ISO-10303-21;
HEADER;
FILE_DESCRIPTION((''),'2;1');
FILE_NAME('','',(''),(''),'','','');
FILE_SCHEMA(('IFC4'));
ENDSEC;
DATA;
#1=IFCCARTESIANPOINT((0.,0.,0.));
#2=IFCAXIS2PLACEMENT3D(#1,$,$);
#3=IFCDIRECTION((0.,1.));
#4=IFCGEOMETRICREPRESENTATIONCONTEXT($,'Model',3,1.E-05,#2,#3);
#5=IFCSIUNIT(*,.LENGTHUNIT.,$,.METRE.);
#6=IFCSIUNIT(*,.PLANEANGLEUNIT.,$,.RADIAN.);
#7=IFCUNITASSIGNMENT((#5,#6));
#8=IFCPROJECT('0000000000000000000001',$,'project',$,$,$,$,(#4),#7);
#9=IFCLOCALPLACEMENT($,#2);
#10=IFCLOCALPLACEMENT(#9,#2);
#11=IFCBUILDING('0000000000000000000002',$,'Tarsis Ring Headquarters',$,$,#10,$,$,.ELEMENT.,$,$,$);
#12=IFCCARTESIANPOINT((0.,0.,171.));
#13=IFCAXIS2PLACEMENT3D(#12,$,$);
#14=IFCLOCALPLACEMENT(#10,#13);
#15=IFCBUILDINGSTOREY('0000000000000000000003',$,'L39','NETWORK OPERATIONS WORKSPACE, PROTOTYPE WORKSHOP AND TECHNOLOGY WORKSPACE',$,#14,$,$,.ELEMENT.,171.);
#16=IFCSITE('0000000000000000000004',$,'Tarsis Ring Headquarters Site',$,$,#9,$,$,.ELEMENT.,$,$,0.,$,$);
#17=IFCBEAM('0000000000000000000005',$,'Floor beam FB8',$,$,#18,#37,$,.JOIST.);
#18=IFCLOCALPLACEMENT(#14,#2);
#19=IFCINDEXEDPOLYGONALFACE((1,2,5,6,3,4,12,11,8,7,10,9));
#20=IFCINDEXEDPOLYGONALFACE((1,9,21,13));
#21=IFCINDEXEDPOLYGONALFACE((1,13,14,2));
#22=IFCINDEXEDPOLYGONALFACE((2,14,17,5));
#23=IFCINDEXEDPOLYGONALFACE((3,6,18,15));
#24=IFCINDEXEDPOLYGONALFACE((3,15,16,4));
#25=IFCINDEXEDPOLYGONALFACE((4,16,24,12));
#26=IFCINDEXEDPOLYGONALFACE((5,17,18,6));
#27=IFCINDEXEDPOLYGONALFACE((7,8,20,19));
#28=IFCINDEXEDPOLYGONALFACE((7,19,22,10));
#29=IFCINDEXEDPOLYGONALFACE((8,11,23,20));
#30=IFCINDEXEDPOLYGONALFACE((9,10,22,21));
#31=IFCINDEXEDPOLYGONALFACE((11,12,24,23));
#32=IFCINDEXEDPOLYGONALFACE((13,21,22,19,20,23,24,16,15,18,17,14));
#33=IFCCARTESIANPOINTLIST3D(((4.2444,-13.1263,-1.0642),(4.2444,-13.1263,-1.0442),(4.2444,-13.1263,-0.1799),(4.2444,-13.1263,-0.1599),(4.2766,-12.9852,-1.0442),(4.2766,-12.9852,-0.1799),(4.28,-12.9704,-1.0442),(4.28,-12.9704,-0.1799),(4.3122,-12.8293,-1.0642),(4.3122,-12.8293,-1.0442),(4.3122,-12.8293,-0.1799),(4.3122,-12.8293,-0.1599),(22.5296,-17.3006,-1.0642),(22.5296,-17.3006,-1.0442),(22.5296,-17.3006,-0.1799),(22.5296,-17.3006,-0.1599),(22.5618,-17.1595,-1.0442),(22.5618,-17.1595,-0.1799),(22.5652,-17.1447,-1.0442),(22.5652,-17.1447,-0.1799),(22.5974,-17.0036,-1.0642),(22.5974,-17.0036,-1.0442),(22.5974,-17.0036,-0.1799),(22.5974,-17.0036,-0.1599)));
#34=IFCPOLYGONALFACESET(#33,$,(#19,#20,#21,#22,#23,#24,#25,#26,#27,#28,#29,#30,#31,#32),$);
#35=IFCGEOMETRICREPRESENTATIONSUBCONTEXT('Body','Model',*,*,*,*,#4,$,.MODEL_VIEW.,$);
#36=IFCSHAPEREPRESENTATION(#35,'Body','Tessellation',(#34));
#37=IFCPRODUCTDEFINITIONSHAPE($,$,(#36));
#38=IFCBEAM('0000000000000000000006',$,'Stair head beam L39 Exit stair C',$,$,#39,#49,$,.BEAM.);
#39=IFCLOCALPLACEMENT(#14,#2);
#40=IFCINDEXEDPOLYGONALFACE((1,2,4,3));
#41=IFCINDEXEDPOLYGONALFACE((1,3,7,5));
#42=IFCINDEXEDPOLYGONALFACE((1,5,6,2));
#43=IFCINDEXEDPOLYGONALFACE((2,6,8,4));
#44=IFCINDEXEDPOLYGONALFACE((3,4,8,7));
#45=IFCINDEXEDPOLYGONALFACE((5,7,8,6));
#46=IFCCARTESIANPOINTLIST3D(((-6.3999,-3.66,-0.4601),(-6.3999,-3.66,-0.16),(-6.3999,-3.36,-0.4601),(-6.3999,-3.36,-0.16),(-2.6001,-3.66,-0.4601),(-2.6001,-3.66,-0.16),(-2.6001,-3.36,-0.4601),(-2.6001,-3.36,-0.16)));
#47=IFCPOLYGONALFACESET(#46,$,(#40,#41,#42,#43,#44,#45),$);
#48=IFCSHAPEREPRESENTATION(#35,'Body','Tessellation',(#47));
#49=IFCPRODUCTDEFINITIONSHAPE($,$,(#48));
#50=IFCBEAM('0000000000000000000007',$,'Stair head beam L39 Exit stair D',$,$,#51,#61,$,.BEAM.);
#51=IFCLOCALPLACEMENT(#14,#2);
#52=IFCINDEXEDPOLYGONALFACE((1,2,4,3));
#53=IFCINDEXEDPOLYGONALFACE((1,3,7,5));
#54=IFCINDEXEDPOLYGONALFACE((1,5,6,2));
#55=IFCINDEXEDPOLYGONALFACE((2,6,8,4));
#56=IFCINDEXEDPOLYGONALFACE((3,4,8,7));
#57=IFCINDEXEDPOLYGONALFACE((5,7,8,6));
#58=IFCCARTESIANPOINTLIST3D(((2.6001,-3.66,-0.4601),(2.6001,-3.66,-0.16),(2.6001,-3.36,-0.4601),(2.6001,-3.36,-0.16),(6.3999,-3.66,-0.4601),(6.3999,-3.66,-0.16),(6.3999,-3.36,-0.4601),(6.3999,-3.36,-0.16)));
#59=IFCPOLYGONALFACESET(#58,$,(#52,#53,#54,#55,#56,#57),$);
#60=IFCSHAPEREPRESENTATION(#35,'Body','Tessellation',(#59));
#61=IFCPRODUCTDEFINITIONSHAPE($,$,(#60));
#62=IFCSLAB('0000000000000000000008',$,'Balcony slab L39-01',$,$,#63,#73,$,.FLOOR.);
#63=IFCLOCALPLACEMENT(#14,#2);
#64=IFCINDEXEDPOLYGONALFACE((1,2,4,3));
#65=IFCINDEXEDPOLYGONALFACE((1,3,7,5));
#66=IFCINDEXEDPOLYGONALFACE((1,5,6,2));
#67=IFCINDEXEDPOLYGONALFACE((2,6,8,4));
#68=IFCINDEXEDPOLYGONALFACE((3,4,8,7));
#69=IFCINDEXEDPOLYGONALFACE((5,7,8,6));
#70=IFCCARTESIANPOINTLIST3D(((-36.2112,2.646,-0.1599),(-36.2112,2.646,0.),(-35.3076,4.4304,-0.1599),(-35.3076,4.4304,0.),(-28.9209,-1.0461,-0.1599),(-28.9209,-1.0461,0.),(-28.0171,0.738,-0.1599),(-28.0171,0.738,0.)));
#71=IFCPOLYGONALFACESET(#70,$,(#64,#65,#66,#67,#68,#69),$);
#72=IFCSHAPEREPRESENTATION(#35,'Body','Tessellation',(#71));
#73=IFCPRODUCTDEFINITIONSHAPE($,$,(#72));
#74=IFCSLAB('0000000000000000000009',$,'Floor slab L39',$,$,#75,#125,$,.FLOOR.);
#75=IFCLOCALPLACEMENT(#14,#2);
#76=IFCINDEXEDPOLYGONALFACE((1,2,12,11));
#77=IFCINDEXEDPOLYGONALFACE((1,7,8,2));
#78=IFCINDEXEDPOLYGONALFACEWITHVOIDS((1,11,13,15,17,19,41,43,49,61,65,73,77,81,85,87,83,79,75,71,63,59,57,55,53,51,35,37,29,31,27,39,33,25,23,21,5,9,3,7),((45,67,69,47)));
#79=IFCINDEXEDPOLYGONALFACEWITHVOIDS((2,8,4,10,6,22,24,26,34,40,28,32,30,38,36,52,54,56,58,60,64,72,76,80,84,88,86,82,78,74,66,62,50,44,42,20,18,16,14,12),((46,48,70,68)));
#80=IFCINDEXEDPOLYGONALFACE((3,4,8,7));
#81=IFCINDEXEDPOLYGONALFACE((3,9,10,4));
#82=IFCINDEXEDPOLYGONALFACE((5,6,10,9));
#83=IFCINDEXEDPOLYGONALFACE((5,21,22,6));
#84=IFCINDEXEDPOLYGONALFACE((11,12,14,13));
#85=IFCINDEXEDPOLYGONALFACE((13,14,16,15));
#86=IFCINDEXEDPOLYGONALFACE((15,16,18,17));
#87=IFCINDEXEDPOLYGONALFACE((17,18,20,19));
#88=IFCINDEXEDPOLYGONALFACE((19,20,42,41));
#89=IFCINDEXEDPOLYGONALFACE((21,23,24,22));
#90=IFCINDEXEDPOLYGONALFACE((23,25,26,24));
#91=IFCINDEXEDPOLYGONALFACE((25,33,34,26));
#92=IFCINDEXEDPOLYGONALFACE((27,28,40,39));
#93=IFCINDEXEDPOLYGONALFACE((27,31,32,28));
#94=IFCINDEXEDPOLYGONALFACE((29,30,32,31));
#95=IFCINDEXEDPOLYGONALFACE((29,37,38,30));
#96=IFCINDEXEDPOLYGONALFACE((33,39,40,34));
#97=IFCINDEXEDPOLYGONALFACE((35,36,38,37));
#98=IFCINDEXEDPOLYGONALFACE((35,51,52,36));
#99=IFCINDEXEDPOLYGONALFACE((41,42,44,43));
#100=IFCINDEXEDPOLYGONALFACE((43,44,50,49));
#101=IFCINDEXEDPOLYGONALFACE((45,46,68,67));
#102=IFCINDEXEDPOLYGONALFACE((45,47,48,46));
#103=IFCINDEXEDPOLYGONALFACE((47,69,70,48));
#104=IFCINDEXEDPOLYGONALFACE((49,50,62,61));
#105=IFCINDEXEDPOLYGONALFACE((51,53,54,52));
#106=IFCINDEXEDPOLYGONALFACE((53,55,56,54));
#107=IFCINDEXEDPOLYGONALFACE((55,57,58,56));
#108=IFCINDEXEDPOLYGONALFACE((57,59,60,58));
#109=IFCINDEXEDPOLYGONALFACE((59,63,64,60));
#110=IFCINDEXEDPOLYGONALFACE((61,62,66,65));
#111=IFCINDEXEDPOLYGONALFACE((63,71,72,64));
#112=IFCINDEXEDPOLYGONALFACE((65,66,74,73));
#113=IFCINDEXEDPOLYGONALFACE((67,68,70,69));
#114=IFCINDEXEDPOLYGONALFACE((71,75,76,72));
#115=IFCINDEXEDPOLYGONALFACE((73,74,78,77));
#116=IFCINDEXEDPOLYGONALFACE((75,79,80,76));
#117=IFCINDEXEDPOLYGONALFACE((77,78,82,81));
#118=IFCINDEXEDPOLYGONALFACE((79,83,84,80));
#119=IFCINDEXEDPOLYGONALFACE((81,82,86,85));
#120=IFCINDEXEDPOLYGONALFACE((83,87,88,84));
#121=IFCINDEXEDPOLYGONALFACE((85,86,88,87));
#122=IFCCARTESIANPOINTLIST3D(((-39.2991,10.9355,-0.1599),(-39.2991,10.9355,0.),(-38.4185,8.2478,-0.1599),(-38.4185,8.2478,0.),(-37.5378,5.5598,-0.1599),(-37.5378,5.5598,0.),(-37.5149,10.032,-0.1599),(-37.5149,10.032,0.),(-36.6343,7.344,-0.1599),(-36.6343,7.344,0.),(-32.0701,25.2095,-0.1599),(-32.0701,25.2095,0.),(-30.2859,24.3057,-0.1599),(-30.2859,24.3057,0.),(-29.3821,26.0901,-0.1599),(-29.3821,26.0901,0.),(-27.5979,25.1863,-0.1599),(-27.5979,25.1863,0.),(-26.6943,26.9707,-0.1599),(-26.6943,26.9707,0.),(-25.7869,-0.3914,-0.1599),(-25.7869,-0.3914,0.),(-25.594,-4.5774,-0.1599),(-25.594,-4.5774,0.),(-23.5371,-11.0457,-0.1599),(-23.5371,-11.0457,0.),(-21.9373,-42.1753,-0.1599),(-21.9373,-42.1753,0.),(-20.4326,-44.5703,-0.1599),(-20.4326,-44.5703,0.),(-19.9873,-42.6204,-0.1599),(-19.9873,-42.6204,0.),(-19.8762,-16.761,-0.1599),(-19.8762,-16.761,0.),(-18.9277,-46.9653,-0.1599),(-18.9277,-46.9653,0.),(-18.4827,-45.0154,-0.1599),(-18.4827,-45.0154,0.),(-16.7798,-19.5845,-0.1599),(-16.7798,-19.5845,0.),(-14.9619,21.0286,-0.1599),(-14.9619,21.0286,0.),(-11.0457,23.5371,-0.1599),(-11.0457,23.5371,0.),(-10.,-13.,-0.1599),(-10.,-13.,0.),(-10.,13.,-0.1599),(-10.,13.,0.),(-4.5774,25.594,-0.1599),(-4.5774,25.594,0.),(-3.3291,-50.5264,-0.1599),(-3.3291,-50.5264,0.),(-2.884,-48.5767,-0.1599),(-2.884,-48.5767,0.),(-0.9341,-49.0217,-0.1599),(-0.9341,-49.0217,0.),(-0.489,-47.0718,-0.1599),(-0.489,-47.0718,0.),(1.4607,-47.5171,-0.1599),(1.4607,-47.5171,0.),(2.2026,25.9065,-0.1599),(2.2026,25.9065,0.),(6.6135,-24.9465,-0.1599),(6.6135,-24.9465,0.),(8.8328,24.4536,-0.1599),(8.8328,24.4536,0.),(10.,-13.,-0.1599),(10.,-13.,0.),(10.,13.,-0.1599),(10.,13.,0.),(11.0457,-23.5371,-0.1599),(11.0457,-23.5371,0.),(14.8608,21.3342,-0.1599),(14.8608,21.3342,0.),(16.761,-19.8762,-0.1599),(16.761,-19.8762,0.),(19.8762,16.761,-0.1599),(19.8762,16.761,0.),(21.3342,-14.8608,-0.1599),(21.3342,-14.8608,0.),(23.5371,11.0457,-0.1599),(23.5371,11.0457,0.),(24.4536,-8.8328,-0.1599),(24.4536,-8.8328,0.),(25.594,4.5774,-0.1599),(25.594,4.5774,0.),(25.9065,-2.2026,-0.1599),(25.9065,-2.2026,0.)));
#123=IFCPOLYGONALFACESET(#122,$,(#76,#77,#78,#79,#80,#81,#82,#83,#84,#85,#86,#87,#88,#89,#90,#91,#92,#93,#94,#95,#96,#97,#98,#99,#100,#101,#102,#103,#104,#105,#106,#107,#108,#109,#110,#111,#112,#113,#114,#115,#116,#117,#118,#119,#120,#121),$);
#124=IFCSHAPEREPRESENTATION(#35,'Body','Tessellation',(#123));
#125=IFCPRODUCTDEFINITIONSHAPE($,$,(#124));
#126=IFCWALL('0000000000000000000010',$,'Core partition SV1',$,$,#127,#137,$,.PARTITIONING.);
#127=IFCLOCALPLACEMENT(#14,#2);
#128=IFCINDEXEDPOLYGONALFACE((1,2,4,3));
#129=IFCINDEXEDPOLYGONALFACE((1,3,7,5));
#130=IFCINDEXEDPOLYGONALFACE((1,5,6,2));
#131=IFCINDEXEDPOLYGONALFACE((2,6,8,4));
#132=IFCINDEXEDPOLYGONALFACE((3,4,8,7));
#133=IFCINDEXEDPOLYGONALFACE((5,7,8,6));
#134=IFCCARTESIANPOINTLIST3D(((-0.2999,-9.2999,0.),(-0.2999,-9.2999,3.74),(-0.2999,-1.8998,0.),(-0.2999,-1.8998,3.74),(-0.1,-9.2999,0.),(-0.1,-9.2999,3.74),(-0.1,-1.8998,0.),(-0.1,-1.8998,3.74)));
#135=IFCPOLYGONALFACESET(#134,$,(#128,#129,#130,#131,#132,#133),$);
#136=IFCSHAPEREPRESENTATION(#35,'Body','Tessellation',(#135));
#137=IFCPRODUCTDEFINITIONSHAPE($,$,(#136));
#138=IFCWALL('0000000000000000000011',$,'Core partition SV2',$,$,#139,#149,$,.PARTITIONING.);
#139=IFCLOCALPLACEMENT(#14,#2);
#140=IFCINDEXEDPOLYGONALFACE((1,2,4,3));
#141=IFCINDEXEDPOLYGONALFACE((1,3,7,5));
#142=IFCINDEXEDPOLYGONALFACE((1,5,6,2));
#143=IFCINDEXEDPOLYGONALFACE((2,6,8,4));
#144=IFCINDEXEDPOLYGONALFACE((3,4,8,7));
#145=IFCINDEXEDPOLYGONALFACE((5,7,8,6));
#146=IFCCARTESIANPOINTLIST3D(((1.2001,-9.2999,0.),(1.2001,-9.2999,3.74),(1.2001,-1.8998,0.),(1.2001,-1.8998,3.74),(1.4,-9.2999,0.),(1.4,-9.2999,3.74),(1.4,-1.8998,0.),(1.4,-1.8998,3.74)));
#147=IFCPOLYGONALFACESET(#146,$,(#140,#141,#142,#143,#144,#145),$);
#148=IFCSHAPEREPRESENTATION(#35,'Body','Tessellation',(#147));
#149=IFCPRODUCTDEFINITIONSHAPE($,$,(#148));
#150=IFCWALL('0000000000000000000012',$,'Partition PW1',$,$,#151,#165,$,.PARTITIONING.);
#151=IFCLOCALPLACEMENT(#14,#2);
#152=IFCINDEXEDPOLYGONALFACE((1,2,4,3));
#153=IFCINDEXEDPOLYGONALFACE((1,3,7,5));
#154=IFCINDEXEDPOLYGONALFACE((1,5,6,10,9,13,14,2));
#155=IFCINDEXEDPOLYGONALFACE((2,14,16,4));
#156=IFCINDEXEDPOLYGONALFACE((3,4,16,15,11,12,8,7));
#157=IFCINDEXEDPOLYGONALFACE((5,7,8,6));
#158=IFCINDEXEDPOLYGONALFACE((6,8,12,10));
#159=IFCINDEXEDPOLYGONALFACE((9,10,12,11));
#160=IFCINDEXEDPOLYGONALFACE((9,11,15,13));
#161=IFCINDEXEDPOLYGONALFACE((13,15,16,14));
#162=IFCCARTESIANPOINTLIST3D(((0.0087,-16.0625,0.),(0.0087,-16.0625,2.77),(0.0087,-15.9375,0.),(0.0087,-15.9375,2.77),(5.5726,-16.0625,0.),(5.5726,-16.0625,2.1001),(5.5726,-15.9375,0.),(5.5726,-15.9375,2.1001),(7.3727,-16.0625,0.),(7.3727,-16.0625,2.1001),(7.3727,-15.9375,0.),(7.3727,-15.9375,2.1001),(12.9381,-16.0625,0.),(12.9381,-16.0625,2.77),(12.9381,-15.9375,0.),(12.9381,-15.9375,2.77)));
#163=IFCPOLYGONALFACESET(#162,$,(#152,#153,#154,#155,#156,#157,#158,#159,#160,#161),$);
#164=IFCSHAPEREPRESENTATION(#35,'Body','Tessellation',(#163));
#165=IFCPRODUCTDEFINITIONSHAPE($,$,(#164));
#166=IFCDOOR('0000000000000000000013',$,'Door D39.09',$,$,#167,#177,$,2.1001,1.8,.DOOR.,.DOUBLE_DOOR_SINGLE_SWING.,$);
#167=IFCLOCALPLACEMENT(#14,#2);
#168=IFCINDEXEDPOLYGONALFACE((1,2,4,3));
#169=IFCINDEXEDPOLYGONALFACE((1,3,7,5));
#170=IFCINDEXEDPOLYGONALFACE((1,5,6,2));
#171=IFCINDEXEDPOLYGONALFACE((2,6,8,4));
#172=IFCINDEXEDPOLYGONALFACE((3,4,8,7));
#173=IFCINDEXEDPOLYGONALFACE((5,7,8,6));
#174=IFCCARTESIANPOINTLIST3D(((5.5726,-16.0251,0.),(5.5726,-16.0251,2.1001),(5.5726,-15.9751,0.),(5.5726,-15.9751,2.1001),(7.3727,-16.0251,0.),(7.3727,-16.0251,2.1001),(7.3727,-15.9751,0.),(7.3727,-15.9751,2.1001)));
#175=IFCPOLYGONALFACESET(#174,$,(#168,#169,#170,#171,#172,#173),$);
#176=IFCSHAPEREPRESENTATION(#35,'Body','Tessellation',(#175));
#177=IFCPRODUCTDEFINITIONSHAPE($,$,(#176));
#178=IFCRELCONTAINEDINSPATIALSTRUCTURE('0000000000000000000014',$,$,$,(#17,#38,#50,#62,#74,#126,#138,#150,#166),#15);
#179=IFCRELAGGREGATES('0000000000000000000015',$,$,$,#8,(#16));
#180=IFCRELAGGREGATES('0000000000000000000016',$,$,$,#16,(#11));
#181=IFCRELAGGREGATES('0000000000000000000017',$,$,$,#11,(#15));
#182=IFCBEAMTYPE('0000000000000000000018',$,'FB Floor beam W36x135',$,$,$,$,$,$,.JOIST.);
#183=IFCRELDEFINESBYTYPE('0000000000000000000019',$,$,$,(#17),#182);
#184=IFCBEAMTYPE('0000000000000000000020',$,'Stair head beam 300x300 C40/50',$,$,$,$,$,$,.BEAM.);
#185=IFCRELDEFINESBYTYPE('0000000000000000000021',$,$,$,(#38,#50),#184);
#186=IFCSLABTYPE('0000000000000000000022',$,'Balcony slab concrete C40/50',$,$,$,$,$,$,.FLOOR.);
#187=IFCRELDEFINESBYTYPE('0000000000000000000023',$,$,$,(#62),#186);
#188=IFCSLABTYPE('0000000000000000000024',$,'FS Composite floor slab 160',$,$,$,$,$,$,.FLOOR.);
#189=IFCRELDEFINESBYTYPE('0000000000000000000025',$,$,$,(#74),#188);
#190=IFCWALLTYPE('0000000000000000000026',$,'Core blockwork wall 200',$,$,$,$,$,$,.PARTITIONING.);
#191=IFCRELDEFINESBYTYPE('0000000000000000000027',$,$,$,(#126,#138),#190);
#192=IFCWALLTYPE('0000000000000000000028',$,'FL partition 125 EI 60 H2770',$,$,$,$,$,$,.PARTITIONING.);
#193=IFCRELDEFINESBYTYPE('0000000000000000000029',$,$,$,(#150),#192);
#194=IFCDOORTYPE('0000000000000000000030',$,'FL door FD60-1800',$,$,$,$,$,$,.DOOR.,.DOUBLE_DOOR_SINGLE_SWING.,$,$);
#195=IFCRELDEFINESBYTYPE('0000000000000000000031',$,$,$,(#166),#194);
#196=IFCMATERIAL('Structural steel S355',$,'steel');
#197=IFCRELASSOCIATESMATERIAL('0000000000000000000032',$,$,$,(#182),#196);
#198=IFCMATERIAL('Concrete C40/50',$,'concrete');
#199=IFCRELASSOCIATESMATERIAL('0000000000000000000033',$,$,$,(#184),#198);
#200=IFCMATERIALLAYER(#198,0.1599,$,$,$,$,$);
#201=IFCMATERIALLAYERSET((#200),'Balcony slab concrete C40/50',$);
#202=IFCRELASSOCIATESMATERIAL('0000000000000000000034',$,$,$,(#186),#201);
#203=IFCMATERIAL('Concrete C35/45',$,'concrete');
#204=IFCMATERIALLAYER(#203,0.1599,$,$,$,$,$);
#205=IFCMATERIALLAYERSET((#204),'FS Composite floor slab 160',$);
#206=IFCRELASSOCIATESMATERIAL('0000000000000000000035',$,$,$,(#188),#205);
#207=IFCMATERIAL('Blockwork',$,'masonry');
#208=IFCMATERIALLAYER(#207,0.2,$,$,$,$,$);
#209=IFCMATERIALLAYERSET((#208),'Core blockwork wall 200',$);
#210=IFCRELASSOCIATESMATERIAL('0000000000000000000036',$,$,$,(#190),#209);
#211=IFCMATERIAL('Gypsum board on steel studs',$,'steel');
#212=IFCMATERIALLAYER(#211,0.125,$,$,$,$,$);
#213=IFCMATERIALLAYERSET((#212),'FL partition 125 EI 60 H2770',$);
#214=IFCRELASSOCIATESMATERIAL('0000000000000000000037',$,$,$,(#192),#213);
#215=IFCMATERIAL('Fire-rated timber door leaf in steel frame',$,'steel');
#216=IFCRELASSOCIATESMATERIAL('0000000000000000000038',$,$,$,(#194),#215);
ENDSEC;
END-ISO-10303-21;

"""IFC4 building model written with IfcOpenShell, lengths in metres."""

from ifc_helpers import new_model, si_unit, direction, frame, frame_2d, origin, origin_2d, place, context, subcontext, project, spatial, polyline, rectangle, i_section, outline, extrude, material, layer, layer_set, material_profile, profile_set, type_object, element, fill, save


model = new_model("IFC4")

# Units and contexts
model_context = context("Model", 3, precision=1e-05, world=origin(), true_north=direction((0.0, 1.0)))
body_context = subcontext(model_context, "Body", "Model", "MODEL_VIEW")
ifc_project = project(units=[si_unit("LENGTHUNIT", "METRE"), si_unit("PLANEANGLEUNIT", "RADIAN")], contexts=[model_context])

# Site, building, storey
site_placement = place(None, origin())
site = spatial("IfcSite", under=ifc_project, at=site_placement, Name="Tarsis Ring Headquarters Site", CompositionType="ELEMENT", RefElevation=0.0)
building_placement = place(site_placement, origin())
building = spatial("IfcBuilding", under=site, at=building_placement, Name="Tarsis Ring Headquarters", CompositionType="ELEMENT")
storey_placement = place(building_placement, frame((0.0, 0.0, 171.0)))
storey = spatial("IfcBuildingStorey", under=building, at=storey_placement, Name="L39", Description="NETWORK OPERATIONS WORKSPACE, PROTOTYPE WORKSHOP AND TECHNOLOGY WORKSPACE", CompositionType="ELEMENT", Elevation=171.0)

# Beams
ifc_material_1 = material(Name="Structural steel S355", Category="steel")
ifc_material_profile_1 = material_profile(ifc_material_1, i_section(OverallWidth=0.3047, OverallDepth=0.9043, WebThickness=0.0151, FlangeThickness=0.02, at=origin_2d()), Name="W36x135")
ifc_profile_set_1 = profile_set([ifc_material_profile_1], Name="Structural steel S355")
beam_type_1 = type_object("IfcBeamType", Name="FB Floor beam W36x135", PredefinedType="JOIST", material=ifc_profile_set_1)
beam_placement = place(storey_placement, frame((4.2783, -12.9778, -0.6121), z_axis=(0.974918, -0.222564, 0.0), x_axis=(0.222564, 0.974918, 0.0)))
element("IfcBeam", 1, at=beam_placement, inside=storey, type_object=beam_type_1, Name="Floor beam FB8", PredefinedType="JOIST", context=body_context, shape_type="SweptSolid", body=[
    extrude(i_section(OverallWidth=0.3047, OverallDepth=0.9043, WebThickness=0.0151, FlangeThickness=0.02, at=origin_2d()), origin(), (0.0, 0.0, 1.0), 18.7556),
])
ifc_material_2 = material(Name="Concrete C40/50", Category="concrete")
ifc_material_profile_2 = material_profile(ifc_material_2, rectangle(XDim=0.3, YDim=0.3, at=origin_2d()), Name="Stair head beam 300x300 C40/50")
ifc_profile_set_2 = profile_set([ifc_material_profile_2], Name="Concrete C40/50")
beam_type_2 = type_object("IfcBeamType", Name="Stair head beam 300x300 C40/50", PredefinedType="BEAM", material=ifc_profile_set_2)
for number, where, z_axis, x_axis, name in (
    (2, (-6.3999, -3.51, -0.3101), (1.0, 0.0, 0.0), (0.0, 1.0, 0.0), "Stair head beam L39 Exit stair C"),
    (3, (2.6001, -3.51, -0.3101), (1.0, 0.0, 0.0), (0.0, 1.0, 0.0), "Stair head beam L39 Exit stair D"),
):
    element("IfcBeam", number, at=place(storey_placement, frame(where, z_axis=z_axis, x_axis=x_axis)), inside=storey, type_object=beam_type_2, Name=name, PredefinedType="BEAM", context=body_context, shape_type="SweptSolid", body=[
        extrude(rectangle(XDim=0.3, YDim=0.3, at=origin_2d()), origin(), (0.0, 0.0, 1.0), 3.7998),
    ])

# Slabs
ifc_layer_1 = layer(ifc_material_2, 0.1599)
ifc_layer_set_1 = layer_set([ifc_layer_1], Name="Balcony slab concrete C40/50")
slab_type_1 = type_object("IfcSlabType", Name="Balcony slab concrete C40/50", PredefinedType="FLOOR", material=ifc_layer_set_1)
slab_1_placement = place(storey_placement, frame((0.0, 0.0, -0.1599)))
element("IfcSlab", 4, at=slab_1_placement, inside=storey, type_object=slab_type_1, Name="Balcony slab L39-01", PredefinedType="FLOOR", context=body_context, shape_type="SweptSolid", body=[
    extrude(outline(polyline([(-35.3076, 4.4304), (-36.2112, 2.646), (-28.9209, -1.0461), (-28.0171, 0.738), (-35.3076, 4.4304)])), origin(), (0.0, 0.0, 1.0), 0.1599),
])
ifc_material_3 = material(Name="Concrete C35/45", Category="concrete")
ifc_layer_2 = layer(ifc_material_3, 0.1599)
ifc_layer_set_2 = layer_set([ifc_layer_2], Name="FS Composite floor slab 160")
slab_type_2 = type_object("IfcSlabType", Name="FS Composite floor slab 160", PredefinedType="FLOOR", material=ifc_layer_set_2)
slab_2_placement = place(storey_placement, frame((0.0, 0.0, -0.1599)))
element("IfcSlab", 5, at=slab_2_placement, inside=storey, type_object=slab_type_2, Name="Floor slab L39", PredefinedType="FLOOR", context=body_context, shape_type="SweptSolid", body=[
    extrude(outline(polyline([(-25.7869, -0.3914), (-25.594, -4.5774), (-23.5371, -11.0457), (-19.8762, -16.761), (-16.7798, -19.5845), (-21.9373, -42.1753), (-19.9873, -42.6204), (-20.4326, -44.5703), (-18.4827, -45.0154), (-18.9277, -46.9653), (-3.3291, -50.5264), (-2.884, -48.5767), (-0.9341, -49.0217), (-0.489, -47.0718), (1.4607, -47.5171), (6.6135, -24.9465), (11.0457, -23.5371), (16.761, -19.8762), (21.3342, -14.8608), (24.4536, -8.8328), (25.9065, -2.2026), (25.594, 4.5774), (23.5371, 11.0457), (19.8762, 16.761), (14.8608, 21.3342), (8.8328, 24.4536), (2.2026, 25.9065), (-4.5774, 25.594), (-11.0457, 23.5371), (-14.9619, 21.0286), (-26.6943, 26.9707), (-27.5979, 25.1863), (-29.3821, 26.0901), (-30.2859, 24.3057), (-32.0701, 25.2095), (-39.2991, 10.9355), (-37.5149, 10.032), (-38.4185, 8.2478), (-36.6343, 7.344), (-37.5378, 5.5598), (-25.7869, -0.3914)]), holes=[polyline([(-10.0, -13.0), (-10.0, 13.0), (10.0, 13.0), (10.0, -13.0), (-10.0, -13.0)])]), origin(), (0.0, 0.0, 1.0), 0.1599),
])

# Walls
ifc_material_4 = material(Name="Blockwork", Category="masonry")
ifc_layer_3 = layer(ifc_material_4, 0.2)
ifc_layer_set_3 = layer_set([ifc_layer_3], Name="Core blockwork wall 200")
wall_type_1 = type_object("IfcWallType", Name="Core blockwork wall 200", PredefinedType="PARTITIONING", material=ifc_layer_set_3)
for number, where, z_axis, x_axis, name in (
    (6, (-0.2, -9.3, 0.0), (0.0, 0.0, 1.0), (0.0, 1.0, 0.0), "Core partition SV1"),
    (7, (1.3, -9.3, 0.0), (0.0, 0.0, 1.0), (0.0, 1.0, 0.0), "Core partition SV2"),
):
    element("IfcWall", number, at=place(storey_placement, frame(where, z_axis=z_axis, x_axis=x_axis)), inside=storey, type_object=wall_type_1, Name=name, PredefinedType="PARTITIONING", context=body_context, shape_type="SweptSolid", body=[
        extrude(rectangle(XDim=7.4001, YDim=0.2, at=frame_2d((3.7002, 0.0))), origin(), (0.0, 0.0, 1.0), 3.74),
    ])

# Wall, opening, door
ifc_material_5 = material(Name="Gypsum board on steel studs", Category="steel")
ifc_layer_4 = layer(ifc_material_5, 0.125)
ifc_layer_set_4 = layer_set([ifc_layer_4], Name="FL partition 125 EI 60 H2770")
wall_type_2 = type_object("IfcWallType", Name="FL partition 125 EI 60 H2770", PredefinedType="PARTITIONING", material=ifc_layer_set_4)
wall_1_placement = place(storey_placement, frame((0.0085, -16.0, 0.0), z_axis=(0.0, 0.0, 1.0), x_axis=(1.0, 0.0, 0.0)))
wall_1 = element("IfcWall", 8, at=wall_1_placement, inside=storey, type_object=wall_type_2, Name="Partition PW1", PredefinedType="PARTITIONING", context=body_context, shape_type="SweptSolid", body=[
    extrude(rectangle(XDim=12.9294, YDim=0.125, at=frame_2d((6.4648, 0.0))), origin(), (0.0, 0.0, 1.0), 2.77),
])
opening_placement = place(wall_1_placement, frame((5.5642, 0.0, 0.0)))
opening = element("IfcOpeningElement", 9, at=opening_placement, cuts=wall_1, PredefinedType="OPENING", context=body_context, shape_type="SweptSolid", body=[
    extrude(rectangle(XDim=1.8, YDim=2.1001, at=frame_2d((0.8999, 1.05))), frame((0.0, 0.0725, 0.0), z_axis=(0.0, -1.0, 0.0), x_axis=(1.0, 0.0, 0.0)), (0.0, 0.0, 1.0), 0.145),
])
ifc_material_6 = material(Name="Fire-rated timber door leaf in steel frame", Category="steel")
door_type = type_object("IfcDoorType", Name="FL door FD60-1800", OperationType="DOUBLE_DOOR_SINGLE_SWING", PredefinedType="DOOR", material=ifc_material_6)
door_placement = place(opening_placement, origin())
door = element("IfcDoor", 10, at=door_placement, inside=storey, type_object=door_type, Name="Door D39.09", OperationType="DOUBLE_DOOR_SINGLE_SWING", OverallHeight=2.1001, OverallWidth=1.8, PredefinedType="DOOR", context=body_context, shape_type="SweptSolid", body=[
    extrude(rectangle(XDim=1.8, YDim=2.1001, at=frame_2d((0.8999, 1.05))), frame((0.0, 0.0249, 0.0), z_axis=(0.0, -1.0, 0.0), x_axis=(1.0, 0.0, 0.0)), (0.0, 0.0, 1.0), 0.05),
])
fill(opening, door)

save(model, "model.ifc")
